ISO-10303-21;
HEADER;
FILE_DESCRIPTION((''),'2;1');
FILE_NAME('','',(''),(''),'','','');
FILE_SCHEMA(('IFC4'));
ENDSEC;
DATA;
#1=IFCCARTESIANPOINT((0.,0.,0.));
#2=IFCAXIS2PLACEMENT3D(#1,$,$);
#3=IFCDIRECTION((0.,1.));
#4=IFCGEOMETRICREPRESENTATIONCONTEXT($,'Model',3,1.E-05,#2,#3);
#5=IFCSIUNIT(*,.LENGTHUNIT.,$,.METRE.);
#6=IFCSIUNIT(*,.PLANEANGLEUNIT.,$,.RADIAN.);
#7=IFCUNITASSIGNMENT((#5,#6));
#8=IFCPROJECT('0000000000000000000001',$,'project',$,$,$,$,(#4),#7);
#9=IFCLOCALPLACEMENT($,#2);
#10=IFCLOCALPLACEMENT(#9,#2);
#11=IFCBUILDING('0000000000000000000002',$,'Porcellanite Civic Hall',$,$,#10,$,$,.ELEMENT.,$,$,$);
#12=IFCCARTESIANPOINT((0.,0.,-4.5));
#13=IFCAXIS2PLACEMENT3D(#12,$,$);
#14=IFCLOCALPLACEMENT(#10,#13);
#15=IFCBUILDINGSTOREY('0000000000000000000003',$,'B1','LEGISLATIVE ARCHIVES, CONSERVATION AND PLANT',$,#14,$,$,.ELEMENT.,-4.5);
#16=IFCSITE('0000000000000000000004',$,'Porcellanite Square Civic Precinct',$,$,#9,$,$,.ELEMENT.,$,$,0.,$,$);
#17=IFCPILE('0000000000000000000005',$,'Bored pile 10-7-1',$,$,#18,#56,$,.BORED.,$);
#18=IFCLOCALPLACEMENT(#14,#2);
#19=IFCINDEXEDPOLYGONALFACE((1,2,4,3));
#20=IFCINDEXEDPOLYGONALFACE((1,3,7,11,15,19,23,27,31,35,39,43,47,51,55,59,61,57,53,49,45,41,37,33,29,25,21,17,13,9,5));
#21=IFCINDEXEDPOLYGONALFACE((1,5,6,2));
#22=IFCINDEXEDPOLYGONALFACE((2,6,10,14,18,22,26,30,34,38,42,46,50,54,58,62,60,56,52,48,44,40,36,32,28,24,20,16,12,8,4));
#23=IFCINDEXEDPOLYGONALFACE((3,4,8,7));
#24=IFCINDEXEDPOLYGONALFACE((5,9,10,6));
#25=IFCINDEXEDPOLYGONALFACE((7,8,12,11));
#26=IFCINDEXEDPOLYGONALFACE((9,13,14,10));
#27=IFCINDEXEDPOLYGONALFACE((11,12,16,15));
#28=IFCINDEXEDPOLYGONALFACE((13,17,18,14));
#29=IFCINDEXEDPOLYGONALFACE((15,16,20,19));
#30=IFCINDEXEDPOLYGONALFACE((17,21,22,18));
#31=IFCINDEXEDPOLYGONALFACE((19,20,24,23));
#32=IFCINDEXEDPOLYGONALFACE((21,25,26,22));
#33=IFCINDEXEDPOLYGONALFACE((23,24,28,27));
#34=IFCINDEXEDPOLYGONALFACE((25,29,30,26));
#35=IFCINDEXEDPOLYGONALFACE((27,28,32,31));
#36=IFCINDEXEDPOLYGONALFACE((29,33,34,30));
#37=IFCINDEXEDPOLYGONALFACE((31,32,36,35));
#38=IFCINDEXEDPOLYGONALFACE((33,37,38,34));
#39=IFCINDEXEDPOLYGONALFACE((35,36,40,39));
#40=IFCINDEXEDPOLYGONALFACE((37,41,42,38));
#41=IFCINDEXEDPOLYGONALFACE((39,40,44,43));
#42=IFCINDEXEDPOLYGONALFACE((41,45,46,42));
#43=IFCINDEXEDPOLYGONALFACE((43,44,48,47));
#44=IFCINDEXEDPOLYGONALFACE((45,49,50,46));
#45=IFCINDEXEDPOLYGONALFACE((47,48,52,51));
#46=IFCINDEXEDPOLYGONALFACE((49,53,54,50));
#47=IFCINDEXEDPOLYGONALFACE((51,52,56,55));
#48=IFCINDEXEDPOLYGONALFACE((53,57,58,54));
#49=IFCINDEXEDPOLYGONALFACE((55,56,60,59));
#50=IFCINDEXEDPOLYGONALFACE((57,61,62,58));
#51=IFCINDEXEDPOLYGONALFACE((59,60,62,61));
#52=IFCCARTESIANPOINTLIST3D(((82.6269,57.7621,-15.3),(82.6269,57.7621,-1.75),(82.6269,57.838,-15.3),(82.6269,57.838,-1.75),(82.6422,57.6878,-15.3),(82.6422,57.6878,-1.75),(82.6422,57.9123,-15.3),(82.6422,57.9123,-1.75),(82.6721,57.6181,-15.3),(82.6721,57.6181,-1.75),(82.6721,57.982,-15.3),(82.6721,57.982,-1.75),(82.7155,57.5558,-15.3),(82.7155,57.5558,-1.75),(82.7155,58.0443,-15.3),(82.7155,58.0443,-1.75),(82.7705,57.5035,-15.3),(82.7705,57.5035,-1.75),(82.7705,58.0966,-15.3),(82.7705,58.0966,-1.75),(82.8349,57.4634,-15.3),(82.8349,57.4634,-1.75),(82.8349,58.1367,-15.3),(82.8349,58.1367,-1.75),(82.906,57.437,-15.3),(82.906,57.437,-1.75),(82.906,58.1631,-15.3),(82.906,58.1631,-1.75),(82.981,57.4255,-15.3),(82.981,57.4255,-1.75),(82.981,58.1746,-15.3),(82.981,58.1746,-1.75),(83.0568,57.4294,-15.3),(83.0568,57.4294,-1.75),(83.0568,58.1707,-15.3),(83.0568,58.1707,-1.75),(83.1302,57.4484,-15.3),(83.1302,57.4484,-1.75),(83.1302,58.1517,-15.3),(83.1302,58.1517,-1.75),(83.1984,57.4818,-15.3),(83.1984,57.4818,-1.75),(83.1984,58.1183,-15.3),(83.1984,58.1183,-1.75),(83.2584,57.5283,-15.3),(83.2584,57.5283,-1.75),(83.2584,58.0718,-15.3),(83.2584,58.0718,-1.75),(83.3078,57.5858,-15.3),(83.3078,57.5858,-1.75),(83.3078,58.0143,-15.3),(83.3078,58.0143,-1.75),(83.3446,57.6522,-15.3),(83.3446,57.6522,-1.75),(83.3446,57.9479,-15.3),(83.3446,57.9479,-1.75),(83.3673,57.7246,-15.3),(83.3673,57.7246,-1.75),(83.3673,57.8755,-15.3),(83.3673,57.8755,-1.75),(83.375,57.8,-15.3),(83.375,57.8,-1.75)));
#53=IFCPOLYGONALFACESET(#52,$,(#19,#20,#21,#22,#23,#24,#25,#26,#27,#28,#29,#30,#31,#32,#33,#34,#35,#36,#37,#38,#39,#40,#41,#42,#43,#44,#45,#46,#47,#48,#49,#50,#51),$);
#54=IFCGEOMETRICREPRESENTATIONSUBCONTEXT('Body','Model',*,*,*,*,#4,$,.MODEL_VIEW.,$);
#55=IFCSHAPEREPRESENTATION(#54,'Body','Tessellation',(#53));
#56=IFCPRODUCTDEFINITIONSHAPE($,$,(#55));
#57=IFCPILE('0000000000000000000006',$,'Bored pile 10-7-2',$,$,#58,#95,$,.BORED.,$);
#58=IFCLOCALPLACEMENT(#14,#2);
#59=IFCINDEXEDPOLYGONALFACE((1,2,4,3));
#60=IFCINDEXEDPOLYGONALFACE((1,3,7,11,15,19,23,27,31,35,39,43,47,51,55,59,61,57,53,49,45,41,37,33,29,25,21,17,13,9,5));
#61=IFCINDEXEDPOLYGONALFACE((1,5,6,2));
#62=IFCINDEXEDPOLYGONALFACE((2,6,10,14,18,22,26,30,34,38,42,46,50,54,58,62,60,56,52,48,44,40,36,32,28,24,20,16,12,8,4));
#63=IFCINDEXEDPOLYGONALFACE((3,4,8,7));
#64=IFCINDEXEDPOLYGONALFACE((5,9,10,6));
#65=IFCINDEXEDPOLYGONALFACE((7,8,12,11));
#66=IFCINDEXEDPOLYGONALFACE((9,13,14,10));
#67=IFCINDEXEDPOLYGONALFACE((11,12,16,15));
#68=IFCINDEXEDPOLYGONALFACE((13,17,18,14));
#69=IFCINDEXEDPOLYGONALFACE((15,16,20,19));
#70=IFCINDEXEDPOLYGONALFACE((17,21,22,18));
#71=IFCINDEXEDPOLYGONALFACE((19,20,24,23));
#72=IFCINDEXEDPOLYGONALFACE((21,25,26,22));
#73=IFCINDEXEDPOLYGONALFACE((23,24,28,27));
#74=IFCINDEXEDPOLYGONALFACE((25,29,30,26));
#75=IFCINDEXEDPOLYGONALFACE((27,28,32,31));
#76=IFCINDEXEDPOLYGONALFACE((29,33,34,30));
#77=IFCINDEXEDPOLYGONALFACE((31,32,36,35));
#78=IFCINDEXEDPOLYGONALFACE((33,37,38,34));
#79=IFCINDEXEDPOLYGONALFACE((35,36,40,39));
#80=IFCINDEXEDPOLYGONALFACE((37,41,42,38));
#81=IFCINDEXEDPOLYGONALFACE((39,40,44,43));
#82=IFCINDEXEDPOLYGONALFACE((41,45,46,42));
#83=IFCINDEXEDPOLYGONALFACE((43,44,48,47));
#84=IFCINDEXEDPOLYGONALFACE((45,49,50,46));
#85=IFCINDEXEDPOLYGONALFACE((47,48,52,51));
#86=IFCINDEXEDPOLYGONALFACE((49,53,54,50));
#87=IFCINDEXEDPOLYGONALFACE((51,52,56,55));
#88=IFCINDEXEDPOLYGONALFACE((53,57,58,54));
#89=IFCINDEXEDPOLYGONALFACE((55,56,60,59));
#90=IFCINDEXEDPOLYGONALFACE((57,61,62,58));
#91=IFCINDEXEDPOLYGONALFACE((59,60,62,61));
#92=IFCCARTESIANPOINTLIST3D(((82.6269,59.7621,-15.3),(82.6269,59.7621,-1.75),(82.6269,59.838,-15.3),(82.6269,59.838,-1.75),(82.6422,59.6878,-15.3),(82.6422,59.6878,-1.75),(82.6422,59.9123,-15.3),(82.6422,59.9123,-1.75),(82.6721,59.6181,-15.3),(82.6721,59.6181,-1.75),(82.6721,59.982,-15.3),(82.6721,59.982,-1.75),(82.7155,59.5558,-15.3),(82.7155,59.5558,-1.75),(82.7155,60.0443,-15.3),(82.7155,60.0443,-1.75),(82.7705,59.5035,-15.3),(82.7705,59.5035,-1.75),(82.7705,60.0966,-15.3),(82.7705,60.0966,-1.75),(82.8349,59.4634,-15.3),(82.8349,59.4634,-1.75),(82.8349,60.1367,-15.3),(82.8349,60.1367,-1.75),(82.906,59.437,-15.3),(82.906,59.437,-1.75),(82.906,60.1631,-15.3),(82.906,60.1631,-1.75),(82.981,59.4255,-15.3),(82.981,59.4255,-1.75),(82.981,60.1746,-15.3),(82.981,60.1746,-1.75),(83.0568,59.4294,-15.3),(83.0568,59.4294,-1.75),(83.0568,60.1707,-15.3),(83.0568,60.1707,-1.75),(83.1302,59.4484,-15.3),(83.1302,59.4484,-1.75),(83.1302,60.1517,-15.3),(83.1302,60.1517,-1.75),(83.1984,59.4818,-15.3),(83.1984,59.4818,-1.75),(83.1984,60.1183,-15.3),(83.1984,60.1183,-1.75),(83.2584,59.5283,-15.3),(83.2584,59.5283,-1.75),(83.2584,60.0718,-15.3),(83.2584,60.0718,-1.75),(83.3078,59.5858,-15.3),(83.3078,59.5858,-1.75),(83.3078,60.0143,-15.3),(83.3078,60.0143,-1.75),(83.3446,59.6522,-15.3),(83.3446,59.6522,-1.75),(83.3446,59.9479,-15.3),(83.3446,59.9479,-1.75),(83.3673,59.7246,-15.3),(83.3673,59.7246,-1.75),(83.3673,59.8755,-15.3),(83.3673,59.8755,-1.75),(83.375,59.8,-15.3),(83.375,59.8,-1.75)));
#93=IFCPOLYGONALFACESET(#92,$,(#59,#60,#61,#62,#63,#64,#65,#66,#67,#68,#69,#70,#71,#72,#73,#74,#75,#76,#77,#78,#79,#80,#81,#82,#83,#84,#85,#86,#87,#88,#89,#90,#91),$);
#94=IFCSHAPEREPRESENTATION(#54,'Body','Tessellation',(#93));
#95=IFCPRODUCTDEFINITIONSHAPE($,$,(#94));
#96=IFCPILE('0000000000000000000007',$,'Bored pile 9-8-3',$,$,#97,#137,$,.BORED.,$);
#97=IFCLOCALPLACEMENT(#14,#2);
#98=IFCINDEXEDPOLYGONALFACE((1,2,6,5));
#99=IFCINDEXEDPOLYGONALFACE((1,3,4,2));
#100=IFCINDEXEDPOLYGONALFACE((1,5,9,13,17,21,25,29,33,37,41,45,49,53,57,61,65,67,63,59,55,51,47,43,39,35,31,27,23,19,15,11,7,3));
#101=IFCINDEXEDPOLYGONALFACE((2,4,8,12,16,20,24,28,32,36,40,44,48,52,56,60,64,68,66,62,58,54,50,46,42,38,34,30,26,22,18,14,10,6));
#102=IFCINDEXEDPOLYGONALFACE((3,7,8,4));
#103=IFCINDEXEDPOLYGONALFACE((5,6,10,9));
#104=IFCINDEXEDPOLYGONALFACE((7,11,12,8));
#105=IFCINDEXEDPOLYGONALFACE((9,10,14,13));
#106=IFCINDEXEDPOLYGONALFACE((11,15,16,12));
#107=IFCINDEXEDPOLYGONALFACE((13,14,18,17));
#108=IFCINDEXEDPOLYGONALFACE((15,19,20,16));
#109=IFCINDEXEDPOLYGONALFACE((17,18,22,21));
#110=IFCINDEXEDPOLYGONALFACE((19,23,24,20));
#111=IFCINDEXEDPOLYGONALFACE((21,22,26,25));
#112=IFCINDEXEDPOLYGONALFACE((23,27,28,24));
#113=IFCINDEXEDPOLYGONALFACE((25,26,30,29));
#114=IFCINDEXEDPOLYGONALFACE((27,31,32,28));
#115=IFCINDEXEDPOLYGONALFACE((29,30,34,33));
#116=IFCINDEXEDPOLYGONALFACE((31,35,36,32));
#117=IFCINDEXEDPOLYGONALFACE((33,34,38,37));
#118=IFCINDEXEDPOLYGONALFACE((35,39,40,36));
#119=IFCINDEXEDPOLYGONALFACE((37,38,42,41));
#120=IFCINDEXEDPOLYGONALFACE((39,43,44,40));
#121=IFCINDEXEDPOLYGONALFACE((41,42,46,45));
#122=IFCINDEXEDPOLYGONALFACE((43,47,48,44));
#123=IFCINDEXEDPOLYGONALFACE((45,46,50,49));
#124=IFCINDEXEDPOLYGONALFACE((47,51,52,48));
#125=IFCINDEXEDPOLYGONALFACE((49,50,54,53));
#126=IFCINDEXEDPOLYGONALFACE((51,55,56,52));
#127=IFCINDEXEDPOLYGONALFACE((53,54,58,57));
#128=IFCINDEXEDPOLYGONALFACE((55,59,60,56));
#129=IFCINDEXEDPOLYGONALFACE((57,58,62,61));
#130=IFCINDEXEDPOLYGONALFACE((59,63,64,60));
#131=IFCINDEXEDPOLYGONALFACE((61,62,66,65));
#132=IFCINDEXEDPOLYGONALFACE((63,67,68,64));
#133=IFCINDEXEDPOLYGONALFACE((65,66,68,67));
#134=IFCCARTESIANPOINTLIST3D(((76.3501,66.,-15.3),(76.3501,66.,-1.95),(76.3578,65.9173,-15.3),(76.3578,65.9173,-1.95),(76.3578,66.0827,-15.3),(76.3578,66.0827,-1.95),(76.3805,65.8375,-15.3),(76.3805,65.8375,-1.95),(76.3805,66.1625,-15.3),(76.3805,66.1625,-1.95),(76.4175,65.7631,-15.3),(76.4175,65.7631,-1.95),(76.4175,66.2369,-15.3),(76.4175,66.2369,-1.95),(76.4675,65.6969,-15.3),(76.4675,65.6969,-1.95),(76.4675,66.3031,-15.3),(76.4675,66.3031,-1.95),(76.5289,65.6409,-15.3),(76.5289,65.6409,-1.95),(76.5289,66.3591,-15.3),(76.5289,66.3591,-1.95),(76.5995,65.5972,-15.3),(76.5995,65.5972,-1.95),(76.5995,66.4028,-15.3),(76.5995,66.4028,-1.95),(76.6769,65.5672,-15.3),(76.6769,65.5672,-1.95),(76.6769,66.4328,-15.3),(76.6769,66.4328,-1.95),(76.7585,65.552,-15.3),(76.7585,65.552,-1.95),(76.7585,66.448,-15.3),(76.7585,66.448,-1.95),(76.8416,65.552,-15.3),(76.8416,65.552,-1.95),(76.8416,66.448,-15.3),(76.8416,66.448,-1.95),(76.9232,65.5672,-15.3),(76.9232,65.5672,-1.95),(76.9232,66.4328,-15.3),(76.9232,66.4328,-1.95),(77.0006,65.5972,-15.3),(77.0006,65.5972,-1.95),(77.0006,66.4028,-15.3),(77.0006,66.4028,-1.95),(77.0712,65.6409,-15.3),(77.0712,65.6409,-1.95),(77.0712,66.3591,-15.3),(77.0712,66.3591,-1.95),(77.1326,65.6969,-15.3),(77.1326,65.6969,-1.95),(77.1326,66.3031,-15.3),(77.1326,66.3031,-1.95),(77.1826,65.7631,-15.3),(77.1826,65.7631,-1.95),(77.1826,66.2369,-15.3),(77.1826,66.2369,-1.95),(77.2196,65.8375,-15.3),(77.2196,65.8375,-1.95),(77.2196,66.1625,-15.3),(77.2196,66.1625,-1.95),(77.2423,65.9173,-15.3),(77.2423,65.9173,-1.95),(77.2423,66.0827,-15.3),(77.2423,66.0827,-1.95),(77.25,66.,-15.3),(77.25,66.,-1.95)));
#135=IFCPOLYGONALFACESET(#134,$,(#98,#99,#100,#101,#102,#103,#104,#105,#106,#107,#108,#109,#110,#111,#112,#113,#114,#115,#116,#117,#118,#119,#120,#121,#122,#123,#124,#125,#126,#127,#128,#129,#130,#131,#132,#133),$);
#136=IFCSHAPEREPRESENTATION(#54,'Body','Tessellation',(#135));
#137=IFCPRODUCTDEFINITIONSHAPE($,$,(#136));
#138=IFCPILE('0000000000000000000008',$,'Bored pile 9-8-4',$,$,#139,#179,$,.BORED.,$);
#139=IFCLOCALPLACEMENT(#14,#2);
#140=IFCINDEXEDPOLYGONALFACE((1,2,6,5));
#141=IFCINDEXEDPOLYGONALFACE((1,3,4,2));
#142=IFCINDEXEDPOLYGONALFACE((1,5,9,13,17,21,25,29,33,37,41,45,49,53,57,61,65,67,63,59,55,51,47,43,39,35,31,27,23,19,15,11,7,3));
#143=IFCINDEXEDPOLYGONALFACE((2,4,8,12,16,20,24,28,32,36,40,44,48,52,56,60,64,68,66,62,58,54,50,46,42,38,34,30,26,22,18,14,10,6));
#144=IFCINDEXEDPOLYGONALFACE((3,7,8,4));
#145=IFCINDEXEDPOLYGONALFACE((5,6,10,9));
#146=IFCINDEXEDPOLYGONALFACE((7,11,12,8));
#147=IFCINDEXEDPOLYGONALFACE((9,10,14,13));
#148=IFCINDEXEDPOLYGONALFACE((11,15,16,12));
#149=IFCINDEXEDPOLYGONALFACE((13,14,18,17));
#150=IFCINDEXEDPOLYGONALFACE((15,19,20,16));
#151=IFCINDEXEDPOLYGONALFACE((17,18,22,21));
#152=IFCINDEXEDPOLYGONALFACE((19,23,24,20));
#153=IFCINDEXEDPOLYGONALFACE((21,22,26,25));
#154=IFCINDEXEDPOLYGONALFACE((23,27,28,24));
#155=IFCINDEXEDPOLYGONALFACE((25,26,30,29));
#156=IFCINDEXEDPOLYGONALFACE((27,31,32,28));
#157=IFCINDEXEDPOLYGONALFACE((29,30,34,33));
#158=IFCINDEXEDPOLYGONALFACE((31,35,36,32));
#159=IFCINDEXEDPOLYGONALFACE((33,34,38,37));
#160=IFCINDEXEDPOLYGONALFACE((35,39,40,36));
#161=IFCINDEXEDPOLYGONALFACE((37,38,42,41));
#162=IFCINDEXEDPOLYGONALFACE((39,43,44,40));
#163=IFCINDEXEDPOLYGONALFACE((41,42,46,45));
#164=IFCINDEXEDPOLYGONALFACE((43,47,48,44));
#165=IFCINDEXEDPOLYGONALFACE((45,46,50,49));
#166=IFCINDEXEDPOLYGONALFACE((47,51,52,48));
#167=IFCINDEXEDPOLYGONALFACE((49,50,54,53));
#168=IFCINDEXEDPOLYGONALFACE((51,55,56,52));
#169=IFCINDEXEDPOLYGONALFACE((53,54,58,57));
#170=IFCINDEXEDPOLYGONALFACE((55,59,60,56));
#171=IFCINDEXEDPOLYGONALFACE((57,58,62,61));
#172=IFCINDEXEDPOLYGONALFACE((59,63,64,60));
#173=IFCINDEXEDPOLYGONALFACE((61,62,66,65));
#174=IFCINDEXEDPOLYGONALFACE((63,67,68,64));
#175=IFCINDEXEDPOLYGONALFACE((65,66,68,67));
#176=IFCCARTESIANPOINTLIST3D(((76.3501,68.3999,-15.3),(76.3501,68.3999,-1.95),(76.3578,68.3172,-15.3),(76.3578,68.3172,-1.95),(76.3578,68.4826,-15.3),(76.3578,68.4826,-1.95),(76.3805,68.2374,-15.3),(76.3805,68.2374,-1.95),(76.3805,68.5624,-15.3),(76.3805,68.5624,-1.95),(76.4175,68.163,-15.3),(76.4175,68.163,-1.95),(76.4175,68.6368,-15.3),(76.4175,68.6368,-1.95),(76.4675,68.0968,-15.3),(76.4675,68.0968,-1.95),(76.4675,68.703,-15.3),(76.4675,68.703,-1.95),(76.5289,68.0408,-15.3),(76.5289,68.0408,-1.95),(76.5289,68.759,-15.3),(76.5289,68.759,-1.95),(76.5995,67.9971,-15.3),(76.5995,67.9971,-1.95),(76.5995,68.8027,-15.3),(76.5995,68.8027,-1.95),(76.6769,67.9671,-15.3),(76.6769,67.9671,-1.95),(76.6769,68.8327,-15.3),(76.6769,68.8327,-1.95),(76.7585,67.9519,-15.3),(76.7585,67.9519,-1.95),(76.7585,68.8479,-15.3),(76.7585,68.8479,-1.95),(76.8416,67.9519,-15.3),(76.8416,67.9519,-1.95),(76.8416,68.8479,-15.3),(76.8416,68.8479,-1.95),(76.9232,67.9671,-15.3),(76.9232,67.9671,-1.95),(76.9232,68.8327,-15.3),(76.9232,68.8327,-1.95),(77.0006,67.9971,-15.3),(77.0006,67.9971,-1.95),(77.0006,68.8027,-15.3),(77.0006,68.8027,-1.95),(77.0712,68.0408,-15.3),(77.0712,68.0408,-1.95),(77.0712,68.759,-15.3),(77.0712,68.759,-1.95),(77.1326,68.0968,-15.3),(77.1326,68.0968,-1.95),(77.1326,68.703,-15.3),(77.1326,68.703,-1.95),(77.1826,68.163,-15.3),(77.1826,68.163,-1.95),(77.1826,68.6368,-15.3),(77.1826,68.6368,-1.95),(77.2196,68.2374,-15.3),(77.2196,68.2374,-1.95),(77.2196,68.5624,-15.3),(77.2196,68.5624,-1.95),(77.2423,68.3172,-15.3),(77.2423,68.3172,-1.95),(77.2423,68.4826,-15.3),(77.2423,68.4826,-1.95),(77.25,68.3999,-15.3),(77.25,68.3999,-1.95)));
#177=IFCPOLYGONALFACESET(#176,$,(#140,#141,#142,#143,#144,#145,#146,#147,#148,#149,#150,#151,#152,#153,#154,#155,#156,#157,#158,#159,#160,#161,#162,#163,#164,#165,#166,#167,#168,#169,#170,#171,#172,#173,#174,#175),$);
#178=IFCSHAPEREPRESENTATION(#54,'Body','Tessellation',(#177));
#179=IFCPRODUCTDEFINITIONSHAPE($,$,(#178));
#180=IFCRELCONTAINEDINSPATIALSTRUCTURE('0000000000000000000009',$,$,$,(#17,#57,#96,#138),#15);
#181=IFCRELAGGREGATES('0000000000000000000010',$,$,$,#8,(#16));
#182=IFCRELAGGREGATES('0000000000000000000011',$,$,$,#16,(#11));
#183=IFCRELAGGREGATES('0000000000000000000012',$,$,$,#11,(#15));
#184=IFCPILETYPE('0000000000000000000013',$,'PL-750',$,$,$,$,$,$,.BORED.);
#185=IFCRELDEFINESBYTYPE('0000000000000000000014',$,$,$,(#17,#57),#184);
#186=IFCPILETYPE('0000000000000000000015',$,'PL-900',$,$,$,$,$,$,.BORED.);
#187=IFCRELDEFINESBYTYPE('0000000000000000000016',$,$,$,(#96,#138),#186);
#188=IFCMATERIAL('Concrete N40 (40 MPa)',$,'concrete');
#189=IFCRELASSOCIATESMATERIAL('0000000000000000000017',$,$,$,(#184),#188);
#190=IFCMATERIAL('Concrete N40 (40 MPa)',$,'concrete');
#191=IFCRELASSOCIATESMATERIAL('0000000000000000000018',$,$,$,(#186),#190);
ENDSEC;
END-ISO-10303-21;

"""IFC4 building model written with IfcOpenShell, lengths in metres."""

from ifc_helpers import new_model, si_unit, direction, frame, origin, origin_2d, place, context, subcontext, project, spatial, circle, extrude, material, material_profile, profile_set, type_object, element, save


model = new_model("IFC4")

# Units and contexts
model_context = context("Model", 3, precision=1e-05, world=origin(), true_north=direction((0.0, 1.0)))
body_context = subcontext(model_context, "Body", "Model", "MODEL_VIEW")
ifc_project = project(units=[si_unit("LENGTHUNIT", "METRE"), si_unit("PLANEANGLEUNIT", "RADIAN")], contexts=[model_context])

# Site, building, storey
site_placement = place(None, origin())
site = spatial("IfcSite", under=ifc_project, at=site_placement, Name="Porcellanite Square Civic Precinct", CompositionType="ELEMENT", RefElevation=0.0)
building_placement = place(site_placement, origin())
building = spatial("IfcBuilding", under=site, at=building_placement, Name="Porcellanite Civic Hall", CompositionType="ELEMENT")
storey_placement = place(building_placement, frame((0.0, 0.0, -4.5)))
storey = spatial("IfcBuildingStorey", under=building, at=storey_placement, Name="B1", Description="LEGISLATIVE ARCHIVES, CONSERVATION AND PLANT", CompositionType="ELEMENT", Elevation=-4.5)

# Piles
ifc_material_1 = material(Name="Concrete N40 (40 MPa)", Category="concrete")
ifc_material_profile_1 = material_profile(ifc_material_1, circle(Radius=0.375, at=origin_2d()), Name="PILE-D750")
ifc_profile_set_1 = profile_set([ifc_material_profile_1], Name="Concrete N40 (40 MPa)")
pile_type_1 = type_object("IfcPileType", Name="PL-750", PredefinedType="BORED", material=ifc_profile_set_1)
for number, where, z_axis, x_axis, name in (
    (1, (83.0, 57.8, -1.75), (0.0, 0.0, -1.0), (1.0, 0.0, 0.0), "Bored pile 10-7-1"),
    (2, (83.0, 59.8, -1.75), (0.0, 0.0, -1.0), (1.0, 0.0, 0.0), "Bored pile 10-7-2"),
):
    element("IfcPile", number, at=place(storey_placement, frame(where, z_axis=z_axis, x_axis=x_axis)), inside=storey, type_object=pile_type_1, Name=name, PredefinedType="BORED", context=body_context, shape_type="SweptSolid", body=[
        extrude(circle(Radius=0.375, at=origin_2d()), origin(), (0.0, 0.0, 1.0), 13.55),
    ])
ifc_material_2 = material(Name="Concrete N40 (40 MPa)", Category="concrete")
ifc_material_profile_2 = material_profile(ifc_material_2, circle(Radius=0.45, at=origin_2d()), Name="PILE-D900")
ifc_profile_set_2 = profile_set([ifc_material_profile_2], Name="Concrete N40 (40 MPa)")
pile_type_2 = type_object("IfcPileType", Name="PL-900", PredefinedType="BORED", material=ifc_profile_set_2)
for number, where, z_axis, x_axis, name in (
    (3, (76.8, 66.0, -1.95), (0.0, 0.0, -1.0), (1.0, 0.0, 0.0), "Bored pile 9-8-3"),
    (4, (76.8, 68.3999, -1.95), (0.0, 0.0, -1.0), (1.0, 0.0, 0.0), "Bored pile 9-8-4"),
):
    element("IfcPile", number, at=place(storey_placement, frame(where, z_axis=z_axis, x_axis=x_axis)), inside=storey, type_object=pile_type_2, Name=name, PredefinedType="BORED", context=body_context, shape_type="SweptSolid", body=[
        extrude(circle(Radius=0.45, at=origin_2d()), origin(), (0.0, 0.0, 1.0), 13.3501),
    ])

save(model, "model.ifc")
